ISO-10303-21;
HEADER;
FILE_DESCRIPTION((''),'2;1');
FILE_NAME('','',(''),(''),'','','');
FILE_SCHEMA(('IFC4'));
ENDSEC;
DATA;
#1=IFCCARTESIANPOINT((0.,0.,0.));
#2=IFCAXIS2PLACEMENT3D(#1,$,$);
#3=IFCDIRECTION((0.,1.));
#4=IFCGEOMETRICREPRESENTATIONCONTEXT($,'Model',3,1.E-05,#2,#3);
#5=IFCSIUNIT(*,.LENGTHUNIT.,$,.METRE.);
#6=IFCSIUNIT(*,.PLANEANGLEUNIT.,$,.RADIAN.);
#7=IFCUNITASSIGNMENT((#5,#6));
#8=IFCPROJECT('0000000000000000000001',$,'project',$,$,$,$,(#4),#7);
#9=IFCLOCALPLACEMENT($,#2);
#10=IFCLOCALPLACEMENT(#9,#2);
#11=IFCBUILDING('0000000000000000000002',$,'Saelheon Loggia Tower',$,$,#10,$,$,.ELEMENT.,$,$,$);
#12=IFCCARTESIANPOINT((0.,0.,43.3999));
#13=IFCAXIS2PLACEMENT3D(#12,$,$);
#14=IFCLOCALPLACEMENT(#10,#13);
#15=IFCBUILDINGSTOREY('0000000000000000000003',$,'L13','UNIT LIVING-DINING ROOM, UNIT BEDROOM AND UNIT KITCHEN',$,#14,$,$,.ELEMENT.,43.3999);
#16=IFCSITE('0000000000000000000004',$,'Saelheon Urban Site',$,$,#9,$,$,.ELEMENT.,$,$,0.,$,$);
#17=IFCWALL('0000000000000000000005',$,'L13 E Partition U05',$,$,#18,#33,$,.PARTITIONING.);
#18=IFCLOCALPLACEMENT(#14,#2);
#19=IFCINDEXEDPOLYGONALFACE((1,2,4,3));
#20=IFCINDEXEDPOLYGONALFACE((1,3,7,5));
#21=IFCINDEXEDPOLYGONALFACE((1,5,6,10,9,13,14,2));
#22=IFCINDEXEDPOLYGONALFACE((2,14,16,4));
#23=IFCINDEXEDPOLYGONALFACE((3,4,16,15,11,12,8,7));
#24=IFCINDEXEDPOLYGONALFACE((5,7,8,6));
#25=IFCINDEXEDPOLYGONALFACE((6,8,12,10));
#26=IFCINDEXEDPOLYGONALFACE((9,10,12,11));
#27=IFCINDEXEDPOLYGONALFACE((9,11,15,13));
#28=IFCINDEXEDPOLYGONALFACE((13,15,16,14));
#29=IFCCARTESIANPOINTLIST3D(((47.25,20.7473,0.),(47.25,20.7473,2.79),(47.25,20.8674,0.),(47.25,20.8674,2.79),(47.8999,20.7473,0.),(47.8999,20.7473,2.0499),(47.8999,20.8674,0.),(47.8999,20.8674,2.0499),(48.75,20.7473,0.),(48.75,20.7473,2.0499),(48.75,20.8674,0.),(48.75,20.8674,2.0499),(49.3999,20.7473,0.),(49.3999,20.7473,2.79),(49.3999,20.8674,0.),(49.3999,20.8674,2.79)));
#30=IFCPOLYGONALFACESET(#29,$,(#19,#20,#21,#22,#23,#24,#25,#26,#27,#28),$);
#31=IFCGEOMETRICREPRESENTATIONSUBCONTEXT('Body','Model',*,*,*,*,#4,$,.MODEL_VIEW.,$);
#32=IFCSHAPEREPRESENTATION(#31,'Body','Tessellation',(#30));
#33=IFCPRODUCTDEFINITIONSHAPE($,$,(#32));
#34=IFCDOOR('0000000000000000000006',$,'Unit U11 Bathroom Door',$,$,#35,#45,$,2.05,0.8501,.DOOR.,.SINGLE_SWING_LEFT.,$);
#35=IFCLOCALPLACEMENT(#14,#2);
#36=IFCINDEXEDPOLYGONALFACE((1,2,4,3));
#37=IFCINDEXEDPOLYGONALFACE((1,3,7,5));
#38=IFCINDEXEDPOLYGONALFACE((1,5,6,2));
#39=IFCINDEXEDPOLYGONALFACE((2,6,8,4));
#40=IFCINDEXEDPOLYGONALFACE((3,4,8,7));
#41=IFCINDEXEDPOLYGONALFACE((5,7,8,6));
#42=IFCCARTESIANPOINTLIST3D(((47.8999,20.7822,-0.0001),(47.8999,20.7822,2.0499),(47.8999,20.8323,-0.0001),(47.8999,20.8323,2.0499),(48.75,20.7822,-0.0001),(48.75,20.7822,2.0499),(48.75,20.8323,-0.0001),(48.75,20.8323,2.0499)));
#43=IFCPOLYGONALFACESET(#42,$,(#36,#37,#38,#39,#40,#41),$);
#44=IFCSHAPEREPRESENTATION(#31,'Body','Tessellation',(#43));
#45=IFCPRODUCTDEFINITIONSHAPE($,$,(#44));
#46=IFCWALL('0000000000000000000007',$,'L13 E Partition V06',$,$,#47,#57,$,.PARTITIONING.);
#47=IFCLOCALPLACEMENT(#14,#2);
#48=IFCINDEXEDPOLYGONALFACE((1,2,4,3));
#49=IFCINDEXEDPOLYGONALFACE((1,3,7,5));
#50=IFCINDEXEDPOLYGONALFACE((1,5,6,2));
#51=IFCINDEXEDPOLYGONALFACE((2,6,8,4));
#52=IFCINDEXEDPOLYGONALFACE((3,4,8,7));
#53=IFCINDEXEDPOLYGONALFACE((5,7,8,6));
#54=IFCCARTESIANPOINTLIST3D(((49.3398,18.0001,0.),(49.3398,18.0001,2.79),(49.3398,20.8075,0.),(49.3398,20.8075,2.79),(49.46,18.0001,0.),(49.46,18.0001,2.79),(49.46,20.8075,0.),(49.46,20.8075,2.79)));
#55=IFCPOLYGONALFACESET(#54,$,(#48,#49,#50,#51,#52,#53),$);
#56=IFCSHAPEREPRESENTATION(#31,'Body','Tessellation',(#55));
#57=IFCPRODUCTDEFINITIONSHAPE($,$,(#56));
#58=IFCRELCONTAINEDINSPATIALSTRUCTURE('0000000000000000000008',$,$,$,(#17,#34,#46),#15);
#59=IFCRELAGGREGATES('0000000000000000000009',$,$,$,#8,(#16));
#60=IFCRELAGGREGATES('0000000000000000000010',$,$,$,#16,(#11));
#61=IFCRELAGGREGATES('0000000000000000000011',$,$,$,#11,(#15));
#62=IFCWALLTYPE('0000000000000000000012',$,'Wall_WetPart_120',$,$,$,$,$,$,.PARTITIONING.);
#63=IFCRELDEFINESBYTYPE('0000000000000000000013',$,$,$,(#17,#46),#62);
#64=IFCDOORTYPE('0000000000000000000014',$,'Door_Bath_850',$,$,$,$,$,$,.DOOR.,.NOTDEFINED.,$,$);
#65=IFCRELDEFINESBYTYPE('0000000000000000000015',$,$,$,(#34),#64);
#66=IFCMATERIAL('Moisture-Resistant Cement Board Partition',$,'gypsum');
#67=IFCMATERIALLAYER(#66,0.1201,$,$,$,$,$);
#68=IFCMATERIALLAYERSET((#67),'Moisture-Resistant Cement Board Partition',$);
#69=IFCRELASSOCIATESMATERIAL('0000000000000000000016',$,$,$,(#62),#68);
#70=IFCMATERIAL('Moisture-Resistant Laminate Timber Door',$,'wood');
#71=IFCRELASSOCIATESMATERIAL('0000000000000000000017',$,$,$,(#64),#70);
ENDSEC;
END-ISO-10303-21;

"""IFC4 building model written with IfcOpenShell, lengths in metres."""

from ifc_helpers import new_model, si_unit, direction, frame, frame_2d, origin, place, context, subcontext, project, spatial, rectangle, extrude, source, transform, mapped, material, layer, layer_set, type_object, element, fill, save


model = new_model("IFC4")

# Units and contexts
model_context = context("Model", 3, precision=1e-05, world=origin(), true_north=direction((0.0, 1.0)))
body_context = subcontext(model_context, "Body", "Model", "MODEL_VIEW")
ifc_project = project(units=[si_unit("LENGTHUNIT", "METRE"), si_unit("PLANEANGLEUNIT", "RADIAN")], contexts=[model_context])

# Site, building, storey
site_placement = place(None, origin())
site = spatial("IfcSite", under=ifc_project, at=site_placement, Name="Saelheon Urban Site", CompositionType="ELEMENT", RefElevation=0.0)
building_placement = place(site_placement, origin())
building = spatial("IfcBuilding", under=site, at=building_placement, Name="Saelheon Loggia Tower", CompositionType="ELEMENT")
storey_placement = place(building_placement, frame((0.0, 0.0, 43.3999)))
storey = spatial("IfcBuildingStorey", under=building, at=storey_placement, Name="L13", Description="UNIT LIVING-DINING ROOM, UNIT BEDROOM AND UNIT KITCHEN", CompositionType="ELEMENT", Elevation=43.3999)

# Wall, opening, door
ifc_material_1 = material(Name="Moisture-Resistant Cement Board Partition", Category="gypsum")
ifc_layer_1 = layer(ifc_material_1, 0.1201)
ifc_layer_set_1 = layer_set([ifc_layer_1], Name="Moisture-Resistant Cement Board Partition")
wall_type_1 = type_object("IfcWallType", Name="Wall_WetPart_120", PredefinedType="PARTITIONING", material=ifc_layer_set_1)
wall_1_placement = place(storey_placement, frame((47.25, 20.8074, 0.0), z_axis=(0.0, 0.0, 1.0), x_axis=(1.0, 0.0, 0.0)))
wall_1 = element("IfcWall", 1, at=wall_1_placement, inside=storey, type_object=wall_type_1, Name="L13 E Partition U05", PredefinedType="PARTITIONING", context=body_context, shape_type="SweptSolid", body=[
    extrude(rectangle(XDim=2.1499, YDim=0.1201, at=frame_2d((1.075, 0.0))), origin(), (0.0, 0.0, 1.0), 2.79),
])
opening_1_placement = place(wall_1_placement, frame((0.6499, 0.0, 0.0)))
opening_1 = element("IfcOpeningElement", 2, at=opening_1_placement, cuts=wall_1, PredefinedType="OPENING", context=body_context, shape_type="SweptSolid", body=[
    extrude(rectangle(XDim=0.8501, YDim=2.05, at=frame_2d((0.425, 1.0249))), frame((0.0, 0.072, 0.0), z_axis=(0.0, -1.0, 0.0), x_axis=(1.0, 0.0, 0.0)), (0.0, 0.0, 1.0), 0.144),
])
ifc_material_2 = material(Name="Moisture-Resistant Laminate Timber Door", Category="wood")
door_type_1 = type_object("IfcDoorType", Name="Door_Bath_850", OperationType="NOTDEFINED", PredefinedType="DOOR", material=ifc_material_2)
shared_shape_1 = source(origin(), body_context, "Body", "SweptSolid", [
    extrude(rectangle(XDim=0.8501, YDim=2.05, at=frame_2d((0.425, 1.0249))), frame((0.0, 0.0249, 0.0), z_axis=(0.0, -1.0, 0.0), x_axis=(1.0, 0.0, 0.0)), (0.0, 0.0, 1.0), 0.05),
])
door_1_placement = place(opening_1_placement, origin())
door_1 = element("IfcDoor", 3, at=door_1_placement, inside=storey, type_object=door_type_1, Name="Unit U11 Bathroom Door", OperationType="SINGLE_SWING_LEFT", OverallHeight=2.05, OverallWidth=0.8501, PredefinedType="DOOR", context=body_context, shape_type="MappedRepresentation", body=[
    mapped(shared_shape_1, transform((0.0, 0.0, 0.0), scale=1.0)),
])
fill(opening_1, door_1)

# Wall
wall_2_placement = place(storey_placement, frame((49.3999, 18.0, 0.0), z_axis=(0.0, 0.0, 1.0), x_axis=(0.0, 1.0, 0.0)))
element("IfcWall", 4, at=wall_2_placement, inside=storey, type_object=wall_type_1, Name="L13 E Partition V06", PredefinedType="PARTITIONING", context=body_context, shape_type="SweptSolid", body=[
    extrude(rectangle(XDim=2.8074, YDim=0.1201, at=frame_2d((1.4038, 0.0))), origin(), (0.0, 0.0, 1.0), 2.79),
])

save(model, "model.ifc")
